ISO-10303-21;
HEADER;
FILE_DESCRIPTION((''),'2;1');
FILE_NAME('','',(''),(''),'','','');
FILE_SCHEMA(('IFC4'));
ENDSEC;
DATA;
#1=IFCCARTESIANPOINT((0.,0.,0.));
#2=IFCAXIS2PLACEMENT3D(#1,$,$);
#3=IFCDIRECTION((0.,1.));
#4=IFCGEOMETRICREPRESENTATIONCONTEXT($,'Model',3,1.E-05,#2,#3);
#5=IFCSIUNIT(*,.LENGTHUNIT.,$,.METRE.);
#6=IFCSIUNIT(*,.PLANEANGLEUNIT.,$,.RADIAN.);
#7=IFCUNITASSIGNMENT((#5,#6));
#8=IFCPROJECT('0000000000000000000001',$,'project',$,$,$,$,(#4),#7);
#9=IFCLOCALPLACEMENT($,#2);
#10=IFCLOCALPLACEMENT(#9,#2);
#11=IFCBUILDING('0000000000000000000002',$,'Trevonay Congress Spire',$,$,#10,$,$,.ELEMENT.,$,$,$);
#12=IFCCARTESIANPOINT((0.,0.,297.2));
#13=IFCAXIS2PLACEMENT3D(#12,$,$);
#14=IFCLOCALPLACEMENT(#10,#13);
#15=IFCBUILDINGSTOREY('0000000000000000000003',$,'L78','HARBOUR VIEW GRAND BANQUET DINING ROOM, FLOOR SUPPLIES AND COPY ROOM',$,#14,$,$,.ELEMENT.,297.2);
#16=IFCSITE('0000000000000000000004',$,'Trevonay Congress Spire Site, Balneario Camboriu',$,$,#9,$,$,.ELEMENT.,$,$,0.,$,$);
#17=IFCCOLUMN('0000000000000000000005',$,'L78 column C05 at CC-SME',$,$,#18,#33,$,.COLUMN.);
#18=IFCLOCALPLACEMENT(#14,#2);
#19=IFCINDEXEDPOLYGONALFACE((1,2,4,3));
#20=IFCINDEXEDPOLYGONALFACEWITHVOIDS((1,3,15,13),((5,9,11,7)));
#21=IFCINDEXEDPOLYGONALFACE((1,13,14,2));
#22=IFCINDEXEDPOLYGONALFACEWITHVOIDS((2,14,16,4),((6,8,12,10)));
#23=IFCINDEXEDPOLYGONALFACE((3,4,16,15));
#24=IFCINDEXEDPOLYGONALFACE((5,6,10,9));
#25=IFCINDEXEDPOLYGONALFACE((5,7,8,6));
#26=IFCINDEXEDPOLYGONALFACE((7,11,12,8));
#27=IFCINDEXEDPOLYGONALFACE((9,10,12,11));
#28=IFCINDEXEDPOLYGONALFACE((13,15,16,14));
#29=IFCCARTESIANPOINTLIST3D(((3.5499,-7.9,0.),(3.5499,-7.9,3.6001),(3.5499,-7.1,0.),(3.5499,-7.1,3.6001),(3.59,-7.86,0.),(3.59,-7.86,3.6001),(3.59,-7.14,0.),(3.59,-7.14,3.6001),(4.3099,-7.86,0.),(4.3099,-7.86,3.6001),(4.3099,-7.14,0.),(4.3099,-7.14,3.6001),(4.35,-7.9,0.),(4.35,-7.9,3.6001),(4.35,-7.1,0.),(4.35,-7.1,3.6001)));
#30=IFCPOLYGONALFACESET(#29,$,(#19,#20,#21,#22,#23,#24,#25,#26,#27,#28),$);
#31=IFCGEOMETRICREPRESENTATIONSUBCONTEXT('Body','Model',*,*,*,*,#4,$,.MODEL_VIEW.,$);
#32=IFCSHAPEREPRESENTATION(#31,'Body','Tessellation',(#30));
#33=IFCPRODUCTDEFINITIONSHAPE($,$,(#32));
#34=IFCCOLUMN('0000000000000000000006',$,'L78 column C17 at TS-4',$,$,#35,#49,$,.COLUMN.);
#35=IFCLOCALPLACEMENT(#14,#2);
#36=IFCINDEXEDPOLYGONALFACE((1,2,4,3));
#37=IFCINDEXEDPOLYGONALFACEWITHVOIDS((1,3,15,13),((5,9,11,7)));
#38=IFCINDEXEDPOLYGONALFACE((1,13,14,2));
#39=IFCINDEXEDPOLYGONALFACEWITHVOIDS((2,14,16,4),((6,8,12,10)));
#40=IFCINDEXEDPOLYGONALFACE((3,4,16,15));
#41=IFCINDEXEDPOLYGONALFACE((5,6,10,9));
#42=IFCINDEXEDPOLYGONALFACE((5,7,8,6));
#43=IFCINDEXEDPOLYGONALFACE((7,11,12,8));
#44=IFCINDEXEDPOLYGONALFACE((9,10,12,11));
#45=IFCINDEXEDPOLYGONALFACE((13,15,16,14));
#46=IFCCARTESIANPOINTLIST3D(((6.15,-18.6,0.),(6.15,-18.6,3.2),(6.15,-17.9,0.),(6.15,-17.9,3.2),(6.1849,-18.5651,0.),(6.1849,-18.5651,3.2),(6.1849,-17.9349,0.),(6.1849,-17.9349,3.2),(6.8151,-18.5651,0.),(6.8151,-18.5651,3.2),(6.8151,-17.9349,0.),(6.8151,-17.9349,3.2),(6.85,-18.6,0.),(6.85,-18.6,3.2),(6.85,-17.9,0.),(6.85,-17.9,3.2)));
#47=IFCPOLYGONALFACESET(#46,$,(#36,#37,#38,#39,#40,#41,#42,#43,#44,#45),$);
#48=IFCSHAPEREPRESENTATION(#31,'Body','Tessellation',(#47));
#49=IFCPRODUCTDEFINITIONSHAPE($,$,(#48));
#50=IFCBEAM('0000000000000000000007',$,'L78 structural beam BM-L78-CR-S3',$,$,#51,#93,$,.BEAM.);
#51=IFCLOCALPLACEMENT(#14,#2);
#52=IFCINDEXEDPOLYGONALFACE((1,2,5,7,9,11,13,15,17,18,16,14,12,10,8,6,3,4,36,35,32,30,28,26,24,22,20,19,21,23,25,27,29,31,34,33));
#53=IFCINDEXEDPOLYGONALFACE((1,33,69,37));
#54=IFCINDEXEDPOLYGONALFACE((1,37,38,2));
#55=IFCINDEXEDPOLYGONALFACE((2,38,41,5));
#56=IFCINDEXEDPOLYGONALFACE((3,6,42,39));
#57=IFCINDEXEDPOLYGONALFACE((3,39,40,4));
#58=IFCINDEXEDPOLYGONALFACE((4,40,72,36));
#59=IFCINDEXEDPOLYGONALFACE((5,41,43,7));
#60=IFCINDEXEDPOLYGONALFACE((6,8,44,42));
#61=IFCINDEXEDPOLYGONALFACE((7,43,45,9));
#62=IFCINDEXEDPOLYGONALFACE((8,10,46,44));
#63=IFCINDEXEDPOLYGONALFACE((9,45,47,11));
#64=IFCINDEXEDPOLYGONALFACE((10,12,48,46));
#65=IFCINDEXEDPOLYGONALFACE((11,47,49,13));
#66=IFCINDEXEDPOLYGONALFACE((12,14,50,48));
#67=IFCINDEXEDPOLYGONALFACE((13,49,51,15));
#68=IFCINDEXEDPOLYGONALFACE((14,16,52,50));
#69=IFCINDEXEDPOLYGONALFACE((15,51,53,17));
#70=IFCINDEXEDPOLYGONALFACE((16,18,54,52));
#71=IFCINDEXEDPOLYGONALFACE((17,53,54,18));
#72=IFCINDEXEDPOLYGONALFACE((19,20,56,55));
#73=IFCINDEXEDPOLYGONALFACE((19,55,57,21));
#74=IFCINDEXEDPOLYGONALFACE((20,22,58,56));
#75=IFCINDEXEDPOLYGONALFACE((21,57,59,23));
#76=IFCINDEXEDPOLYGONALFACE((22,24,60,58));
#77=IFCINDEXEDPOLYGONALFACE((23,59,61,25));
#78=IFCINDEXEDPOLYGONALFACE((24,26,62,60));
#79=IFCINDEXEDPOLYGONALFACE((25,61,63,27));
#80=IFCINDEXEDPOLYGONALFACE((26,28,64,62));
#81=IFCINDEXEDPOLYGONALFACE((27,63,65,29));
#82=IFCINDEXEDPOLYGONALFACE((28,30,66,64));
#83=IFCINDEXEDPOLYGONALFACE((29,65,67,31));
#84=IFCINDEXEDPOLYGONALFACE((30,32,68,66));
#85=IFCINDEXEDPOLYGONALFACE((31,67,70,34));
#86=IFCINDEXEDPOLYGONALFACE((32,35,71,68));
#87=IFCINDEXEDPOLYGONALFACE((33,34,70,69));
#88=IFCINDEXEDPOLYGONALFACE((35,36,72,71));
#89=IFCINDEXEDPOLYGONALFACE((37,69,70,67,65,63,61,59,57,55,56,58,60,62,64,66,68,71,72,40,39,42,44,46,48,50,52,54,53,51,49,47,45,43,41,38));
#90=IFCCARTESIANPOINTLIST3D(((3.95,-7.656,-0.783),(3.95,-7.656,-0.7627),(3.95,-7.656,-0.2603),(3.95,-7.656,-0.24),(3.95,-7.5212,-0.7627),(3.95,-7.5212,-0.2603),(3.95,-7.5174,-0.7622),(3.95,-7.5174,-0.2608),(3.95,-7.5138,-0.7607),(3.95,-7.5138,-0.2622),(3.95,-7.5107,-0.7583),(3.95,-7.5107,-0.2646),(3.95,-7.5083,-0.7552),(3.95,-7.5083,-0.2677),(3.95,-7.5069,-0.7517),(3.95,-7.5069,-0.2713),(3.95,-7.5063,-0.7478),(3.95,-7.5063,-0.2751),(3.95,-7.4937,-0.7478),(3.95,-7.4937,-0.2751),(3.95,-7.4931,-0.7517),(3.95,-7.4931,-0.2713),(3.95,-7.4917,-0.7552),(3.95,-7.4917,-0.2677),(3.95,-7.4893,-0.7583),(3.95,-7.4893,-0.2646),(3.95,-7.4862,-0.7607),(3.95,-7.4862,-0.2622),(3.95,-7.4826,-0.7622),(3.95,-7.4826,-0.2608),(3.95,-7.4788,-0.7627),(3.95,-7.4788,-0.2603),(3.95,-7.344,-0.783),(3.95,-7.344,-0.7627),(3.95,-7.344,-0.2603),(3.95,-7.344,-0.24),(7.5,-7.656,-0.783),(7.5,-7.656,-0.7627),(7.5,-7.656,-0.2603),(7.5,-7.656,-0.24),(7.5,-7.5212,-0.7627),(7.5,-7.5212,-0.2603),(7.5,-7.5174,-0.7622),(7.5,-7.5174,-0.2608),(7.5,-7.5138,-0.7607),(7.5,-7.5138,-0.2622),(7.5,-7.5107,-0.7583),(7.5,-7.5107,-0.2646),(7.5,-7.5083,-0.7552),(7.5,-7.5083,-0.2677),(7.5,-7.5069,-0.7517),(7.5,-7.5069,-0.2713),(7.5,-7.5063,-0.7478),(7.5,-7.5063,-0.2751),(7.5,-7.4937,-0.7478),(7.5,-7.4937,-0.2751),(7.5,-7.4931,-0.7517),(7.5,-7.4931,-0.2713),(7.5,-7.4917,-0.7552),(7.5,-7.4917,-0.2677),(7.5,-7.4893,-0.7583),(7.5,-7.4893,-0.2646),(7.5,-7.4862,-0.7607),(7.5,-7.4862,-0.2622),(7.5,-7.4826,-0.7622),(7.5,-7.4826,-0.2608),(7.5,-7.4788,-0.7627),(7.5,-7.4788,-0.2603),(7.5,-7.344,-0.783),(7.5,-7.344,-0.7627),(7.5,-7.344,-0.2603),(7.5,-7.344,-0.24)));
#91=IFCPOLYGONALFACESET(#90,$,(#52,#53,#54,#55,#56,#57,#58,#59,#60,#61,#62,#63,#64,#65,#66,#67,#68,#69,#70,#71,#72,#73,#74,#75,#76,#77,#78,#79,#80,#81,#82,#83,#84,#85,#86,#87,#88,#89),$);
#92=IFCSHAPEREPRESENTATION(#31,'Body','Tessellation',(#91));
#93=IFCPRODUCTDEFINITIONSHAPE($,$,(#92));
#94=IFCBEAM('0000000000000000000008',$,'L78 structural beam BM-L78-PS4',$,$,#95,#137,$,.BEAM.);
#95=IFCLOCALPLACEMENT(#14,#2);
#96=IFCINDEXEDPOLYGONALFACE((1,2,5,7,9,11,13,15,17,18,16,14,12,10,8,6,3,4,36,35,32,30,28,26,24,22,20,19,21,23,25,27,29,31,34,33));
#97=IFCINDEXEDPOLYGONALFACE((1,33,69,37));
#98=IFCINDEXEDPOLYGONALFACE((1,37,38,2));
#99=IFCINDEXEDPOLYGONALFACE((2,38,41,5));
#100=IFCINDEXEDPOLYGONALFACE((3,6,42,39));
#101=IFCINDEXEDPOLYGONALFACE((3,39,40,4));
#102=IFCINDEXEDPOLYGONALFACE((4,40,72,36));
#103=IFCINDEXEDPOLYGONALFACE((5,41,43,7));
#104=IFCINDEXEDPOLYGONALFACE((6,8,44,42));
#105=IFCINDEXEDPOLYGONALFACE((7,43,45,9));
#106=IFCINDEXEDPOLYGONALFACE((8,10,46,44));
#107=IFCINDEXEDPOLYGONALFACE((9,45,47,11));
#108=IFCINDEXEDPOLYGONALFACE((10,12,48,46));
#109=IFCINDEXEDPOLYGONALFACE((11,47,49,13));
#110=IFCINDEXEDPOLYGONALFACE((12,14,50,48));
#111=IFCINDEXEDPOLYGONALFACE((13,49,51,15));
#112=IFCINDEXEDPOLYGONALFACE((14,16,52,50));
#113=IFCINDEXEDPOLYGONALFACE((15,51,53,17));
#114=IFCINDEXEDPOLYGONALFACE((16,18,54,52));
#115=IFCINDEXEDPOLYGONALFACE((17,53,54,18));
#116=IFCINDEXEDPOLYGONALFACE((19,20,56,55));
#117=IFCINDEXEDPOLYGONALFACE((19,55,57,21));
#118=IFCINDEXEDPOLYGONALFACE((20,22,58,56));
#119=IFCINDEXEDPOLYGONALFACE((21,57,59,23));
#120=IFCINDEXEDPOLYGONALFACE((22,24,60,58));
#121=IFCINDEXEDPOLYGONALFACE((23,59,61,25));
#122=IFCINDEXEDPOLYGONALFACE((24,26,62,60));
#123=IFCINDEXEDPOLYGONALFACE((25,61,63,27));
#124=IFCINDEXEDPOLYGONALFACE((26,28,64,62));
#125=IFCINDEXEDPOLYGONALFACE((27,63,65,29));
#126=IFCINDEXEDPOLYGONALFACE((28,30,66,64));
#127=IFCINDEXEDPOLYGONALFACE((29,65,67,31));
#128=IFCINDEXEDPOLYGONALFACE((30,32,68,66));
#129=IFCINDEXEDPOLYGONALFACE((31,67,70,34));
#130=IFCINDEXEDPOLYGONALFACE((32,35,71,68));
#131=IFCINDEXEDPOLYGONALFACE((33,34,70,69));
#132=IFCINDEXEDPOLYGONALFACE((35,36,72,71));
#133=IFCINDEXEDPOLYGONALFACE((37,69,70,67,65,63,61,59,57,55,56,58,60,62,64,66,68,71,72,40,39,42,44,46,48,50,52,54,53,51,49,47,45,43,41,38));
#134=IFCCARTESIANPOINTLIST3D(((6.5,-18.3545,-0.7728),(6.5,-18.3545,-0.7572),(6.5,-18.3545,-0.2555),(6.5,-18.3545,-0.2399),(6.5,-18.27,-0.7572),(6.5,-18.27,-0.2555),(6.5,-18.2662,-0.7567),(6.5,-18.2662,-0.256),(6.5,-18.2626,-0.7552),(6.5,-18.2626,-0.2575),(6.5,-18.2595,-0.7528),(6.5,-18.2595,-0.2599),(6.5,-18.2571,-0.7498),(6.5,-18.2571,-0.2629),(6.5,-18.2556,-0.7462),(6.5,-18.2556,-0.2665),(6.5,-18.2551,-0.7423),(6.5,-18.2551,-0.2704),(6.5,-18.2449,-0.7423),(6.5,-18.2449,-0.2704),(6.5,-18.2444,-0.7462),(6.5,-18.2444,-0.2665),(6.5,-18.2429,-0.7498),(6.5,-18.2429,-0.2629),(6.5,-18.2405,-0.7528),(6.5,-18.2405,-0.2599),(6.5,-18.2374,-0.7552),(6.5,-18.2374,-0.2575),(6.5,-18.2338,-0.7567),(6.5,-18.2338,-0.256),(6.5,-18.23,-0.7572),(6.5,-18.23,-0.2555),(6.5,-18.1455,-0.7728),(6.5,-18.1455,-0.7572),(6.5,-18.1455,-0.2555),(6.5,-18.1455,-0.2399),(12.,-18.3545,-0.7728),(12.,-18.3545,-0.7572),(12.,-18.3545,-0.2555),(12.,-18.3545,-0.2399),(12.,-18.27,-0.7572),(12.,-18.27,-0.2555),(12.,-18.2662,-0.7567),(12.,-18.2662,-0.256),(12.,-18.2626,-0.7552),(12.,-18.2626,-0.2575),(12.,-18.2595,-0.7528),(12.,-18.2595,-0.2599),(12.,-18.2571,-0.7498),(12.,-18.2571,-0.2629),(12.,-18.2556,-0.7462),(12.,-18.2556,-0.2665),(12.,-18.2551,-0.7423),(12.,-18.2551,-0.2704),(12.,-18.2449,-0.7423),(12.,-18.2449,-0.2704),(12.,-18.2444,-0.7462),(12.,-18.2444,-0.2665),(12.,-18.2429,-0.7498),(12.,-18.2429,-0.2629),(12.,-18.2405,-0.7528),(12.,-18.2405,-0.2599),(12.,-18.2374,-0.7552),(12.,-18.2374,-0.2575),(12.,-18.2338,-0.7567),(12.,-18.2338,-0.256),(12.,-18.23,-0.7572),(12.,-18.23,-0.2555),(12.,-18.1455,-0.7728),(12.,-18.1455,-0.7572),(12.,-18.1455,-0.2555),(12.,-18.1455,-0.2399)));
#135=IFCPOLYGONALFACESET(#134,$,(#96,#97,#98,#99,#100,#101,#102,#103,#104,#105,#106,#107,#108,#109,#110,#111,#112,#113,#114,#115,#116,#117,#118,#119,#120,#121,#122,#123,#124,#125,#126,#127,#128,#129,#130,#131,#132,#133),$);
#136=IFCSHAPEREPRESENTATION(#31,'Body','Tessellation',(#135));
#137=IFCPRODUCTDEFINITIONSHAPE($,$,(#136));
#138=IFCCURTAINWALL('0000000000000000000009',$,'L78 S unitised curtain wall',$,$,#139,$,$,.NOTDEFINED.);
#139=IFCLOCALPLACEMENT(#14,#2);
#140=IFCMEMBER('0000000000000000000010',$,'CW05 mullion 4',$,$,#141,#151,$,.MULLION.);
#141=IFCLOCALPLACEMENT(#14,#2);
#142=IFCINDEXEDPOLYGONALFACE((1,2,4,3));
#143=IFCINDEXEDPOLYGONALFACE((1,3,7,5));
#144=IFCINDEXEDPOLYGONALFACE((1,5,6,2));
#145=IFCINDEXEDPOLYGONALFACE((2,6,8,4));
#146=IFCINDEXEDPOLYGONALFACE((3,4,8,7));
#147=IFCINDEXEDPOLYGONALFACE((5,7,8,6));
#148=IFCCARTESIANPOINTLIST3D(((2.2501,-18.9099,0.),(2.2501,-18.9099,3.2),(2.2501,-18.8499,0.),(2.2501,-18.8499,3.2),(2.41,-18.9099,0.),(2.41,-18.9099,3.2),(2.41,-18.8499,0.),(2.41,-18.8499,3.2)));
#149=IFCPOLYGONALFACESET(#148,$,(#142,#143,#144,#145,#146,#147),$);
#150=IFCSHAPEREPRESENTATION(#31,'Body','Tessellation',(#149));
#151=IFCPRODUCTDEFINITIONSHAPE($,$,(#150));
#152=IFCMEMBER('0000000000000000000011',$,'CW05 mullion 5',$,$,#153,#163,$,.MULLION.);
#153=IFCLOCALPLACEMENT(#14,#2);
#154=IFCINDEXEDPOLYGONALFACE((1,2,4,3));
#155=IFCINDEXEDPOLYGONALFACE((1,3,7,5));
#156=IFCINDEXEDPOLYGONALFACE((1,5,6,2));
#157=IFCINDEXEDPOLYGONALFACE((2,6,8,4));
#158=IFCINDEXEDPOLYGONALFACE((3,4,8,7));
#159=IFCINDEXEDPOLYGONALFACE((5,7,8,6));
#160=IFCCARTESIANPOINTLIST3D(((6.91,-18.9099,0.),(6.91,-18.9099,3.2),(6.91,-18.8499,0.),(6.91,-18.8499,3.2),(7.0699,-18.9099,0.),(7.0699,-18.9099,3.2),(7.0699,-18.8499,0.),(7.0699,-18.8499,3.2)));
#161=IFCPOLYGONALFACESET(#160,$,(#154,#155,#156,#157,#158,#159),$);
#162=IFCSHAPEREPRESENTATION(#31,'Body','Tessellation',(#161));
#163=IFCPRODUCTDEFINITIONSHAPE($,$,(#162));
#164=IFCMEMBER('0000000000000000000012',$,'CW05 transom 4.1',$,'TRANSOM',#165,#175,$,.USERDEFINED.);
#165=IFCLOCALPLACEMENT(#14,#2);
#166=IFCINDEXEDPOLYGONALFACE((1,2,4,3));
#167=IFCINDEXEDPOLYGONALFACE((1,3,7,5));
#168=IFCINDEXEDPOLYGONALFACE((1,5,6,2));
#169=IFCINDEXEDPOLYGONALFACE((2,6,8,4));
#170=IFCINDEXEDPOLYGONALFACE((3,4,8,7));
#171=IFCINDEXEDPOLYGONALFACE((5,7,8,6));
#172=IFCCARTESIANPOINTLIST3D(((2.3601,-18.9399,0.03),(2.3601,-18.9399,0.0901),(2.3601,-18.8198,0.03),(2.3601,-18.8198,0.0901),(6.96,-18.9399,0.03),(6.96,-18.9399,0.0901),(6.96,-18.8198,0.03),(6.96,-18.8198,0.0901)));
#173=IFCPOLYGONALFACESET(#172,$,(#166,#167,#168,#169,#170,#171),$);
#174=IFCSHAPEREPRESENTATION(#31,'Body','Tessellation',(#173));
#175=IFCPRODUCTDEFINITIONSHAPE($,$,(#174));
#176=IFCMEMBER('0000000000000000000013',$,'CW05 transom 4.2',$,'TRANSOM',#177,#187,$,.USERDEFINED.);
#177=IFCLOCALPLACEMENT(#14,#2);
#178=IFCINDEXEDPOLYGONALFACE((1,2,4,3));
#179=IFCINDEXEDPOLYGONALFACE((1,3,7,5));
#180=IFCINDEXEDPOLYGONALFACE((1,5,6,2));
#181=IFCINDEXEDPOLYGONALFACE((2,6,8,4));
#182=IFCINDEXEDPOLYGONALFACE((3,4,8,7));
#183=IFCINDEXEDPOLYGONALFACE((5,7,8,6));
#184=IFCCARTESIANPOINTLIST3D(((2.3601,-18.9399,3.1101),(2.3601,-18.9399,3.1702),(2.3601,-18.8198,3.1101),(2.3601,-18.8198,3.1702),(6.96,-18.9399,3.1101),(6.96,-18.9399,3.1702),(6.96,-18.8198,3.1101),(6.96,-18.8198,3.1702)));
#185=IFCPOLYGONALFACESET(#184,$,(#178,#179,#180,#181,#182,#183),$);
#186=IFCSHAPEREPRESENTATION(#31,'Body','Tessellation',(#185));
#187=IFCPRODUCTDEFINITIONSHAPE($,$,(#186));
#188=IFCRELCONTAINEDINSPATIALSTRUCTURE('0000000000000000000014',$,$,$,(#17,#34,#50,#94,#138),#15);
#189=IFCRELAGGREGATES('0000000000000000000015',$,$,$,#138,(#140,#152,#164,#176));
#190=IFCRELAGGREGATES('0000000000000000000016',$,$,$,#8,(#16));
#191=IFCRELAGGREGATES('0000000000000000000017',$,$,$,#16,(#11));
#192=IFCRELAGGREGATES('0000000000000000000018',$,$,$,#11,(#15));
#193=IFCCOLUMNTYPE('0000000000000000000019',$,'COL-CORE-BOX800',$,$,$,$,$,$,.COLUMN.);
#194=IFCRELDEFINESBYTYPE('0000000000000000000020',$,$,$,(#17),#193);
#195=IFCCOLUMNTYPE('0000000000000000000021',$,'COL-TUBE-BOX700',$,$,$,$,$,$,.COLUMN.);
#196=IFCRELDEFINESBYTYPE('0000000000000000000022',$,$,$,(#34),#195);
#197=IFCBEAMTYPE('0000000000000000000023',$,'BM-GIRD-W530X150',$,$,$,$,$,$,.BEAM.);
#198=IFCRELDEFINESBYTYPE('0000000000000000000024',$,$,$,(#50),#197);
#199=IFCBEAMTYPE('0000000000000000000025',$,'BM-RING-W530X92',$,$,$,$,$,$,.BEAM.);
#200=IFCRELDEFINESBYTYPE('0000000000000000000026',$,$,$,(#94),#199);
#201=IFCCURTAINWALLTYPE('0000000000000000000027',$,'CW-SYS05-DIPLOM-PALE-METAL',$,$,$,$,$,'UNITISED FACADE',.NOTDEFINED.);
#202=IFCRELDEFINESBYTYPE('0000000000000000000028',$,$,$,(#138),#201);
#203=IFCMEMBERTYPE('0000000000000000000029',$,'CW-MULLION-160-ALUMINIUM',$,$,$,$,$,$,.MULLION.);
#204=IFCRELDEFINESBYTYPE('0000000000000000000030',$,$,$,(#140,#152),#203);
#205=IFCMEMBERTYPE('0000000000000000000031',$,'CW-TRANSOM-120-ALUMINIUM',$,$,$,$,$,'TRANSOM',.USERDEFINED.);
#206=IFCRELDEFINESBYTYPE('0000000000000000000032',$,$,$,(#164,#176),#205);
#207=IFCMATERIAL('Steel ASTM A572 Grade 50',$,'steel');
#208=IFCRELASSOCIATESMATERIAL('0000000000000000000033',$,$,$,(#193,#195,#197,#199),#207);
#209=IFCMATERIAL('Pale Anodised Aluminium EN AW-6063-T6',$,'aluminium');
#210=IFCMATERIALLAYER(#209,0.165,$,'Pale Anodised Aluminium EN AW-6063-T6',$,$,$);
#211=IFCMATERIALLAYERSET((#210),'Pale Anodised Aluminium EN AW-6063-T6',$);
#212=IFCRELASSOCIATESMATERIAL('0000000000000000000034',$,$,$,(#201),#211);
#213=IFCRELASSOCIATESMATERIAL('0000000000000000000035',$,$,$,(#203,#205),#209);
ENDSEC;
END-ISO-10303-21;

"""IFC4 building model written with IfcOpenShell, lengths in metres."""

from ifc_helpers import new_model, si_unit, direction, frame, origin, origin_2d, place, context, subcontext, project, spatial, rectangle, hollow_rectangle, i_section, extrude, material, layer, layer_set, material_profile, profile_set, type_object, element, aggregate, save


model = new_model("IFC4")

# Units and contexts
model_context = context("Model", 3, precision=1e-05, world=origin(), true_north=direction((0.0, 1.0)))
body_context = subcontext(model_context, "Body", "Model", "MODEL_VIEW")
ifc_project = project(units=[si_unit("LENGTHUNIT", "METRE"), si_unit("PLANEANGLEUNIT", "RADIAN")], contexts=[model_context])

# Site, building, storey
site_placement = place(None, origin())
site = spatial("IfcSite", under=ifc_project, at=site_placement, Name="Trevonay Congress Spire Site, Balneario Camboriu", CompositionType="ELEMENT", RefElevation=0.0)
building_placement = place(site_placement, origin())
building = spatial("IfcBuilding", under=site, at=building_placement, Name="Trevonay Congress Spire", CompositionType="ELEMENT")
storey_placement = place(building_placement, frame((0.0, 0.0, 297.2)))
storey = spatial("IfcBuildingStorey", under=building, at=storey_placement, Name="L78", Description="HARBOUR VIEW GRAND BANQUET DINING ROOM, FLOOR SUPPLIES AND COPY ROOM", CompositionType="ELEMENT", Elevation=297.2)

# Columns
ifc_material_1 = material(Name="Steel ASTM A572 Grade 50", Category="steel")
ifc_material_profile_1 = material_profile(ifc_material_1, hollow_rectangle(XDim=0.8, YDim=0.8, WallThickness=0.04, at=origin_2d()), Name="BOX 800x800x40")
ifc_profile_set_1 = profile_set([ifc_material_profile_1], Name="Steel ASTM A572 Grade 50")
column_type_1 = type_object("IfcColumnType", Name="COL-CORE-BOX800", PredefinedType="COLUMN", material=ifc_profile_set_1)
column_1_placement = place(storey_placement, frame((3.95, -7.5, 0.0), z_axis=(0.0, 0.0, 1.0), x_axis=(1.0, 0.0, 0.0)))
element("IfcColumn", 1, at=column_1_placement, inside=storey, type_object=column_type_1, Name="L78 column C05 at CC-SME", PredefinedType="COLUMN", context=body_context, shape_type="SweptSolid", body=[
    extrude(hollow_rectangle(XDim=0.8, YDim=0.8, WallThickness=0.04, at=origin_2d()), origin(), (0.0, 0.0, 1.0), 3.6001),
])
ifc_material_profile_2 = material_profile(ifc_material_1, hollow_rectangle(XDim=0.7, YDim=0.7, WallThickness=0.0349, at=origin_2d()), Name="BOX 700x700x35")
ifc_profile_set_2 = profile_set([ifc_material_profile_2], Name="Steel ASTM A572 Grade 50")
column_type_2 = type_object("IfcColumnType", Name="COL-TUBE-BOX700", PredefinedType="COLUMN", material=ifc_profile_set_2)
column_2_placement = place(storey_placement, frame((6.5, -18.25, 0.0), z_axis=(0.0, 0.0, 1.0), x_axis=(1.0, 0.0, 0.0)))
element("IfcColumn", 2, at=column_2_placement, inside=storey, type_object=column_type_2, Name="L78 column C17 at TS-4", PredefinedType="COLUMN", context=body_context, shape_type="SweptSolid", body=[
    extrude(hollow_rectangle(XDim=0.7, YDim=0.7, WallThickness=0.0349, at=origin_2d()), origin(), (0.0, 0.0, 1.0), 3.2),
])

# Beams
ifc_material_profile_3 = material_profile(ifc_material_1, i_section(OverallWidth=0.312, OverallDepth=0.543, WebThickness=0.0127, FlangeThickness=0.0203, FilletRadius=0.0149, at=origin_2d()), Name="W530x150")
ifc_profile_set_3 = profile_set([ifc_material_profile_3], Name="Steel ASTM A572 Grade 50")
beam_type_1 = type_object("IfcBeamType", Name="BM-GIRD-W530X150", PredefinedType="BEAM", material=ifc_profile_set_3)
beam_1_placement = place(storey_placement, frame((3.95, -7.5, -0.5115), z_axis=(1.0, 0.0, 0.0), x_axis=(0.0, 1.0, 0.0)))
element("IfcBeam", 3, at=beam_1_placement, inside=storey, type_object=beam_type_1, Name="L78 structural beam BM-L78-CR-S3", PredefinedType="BEAM", context=body_context, shape_type="SweptSolid", body=[
    extrude(i_section(OverallWidth=0.312, OverallDepth=0.543, WebThickness=0.0127, FlangeThickness=0.0203, FilletRadius=0.0149, at=origin_2d()), origin(), (0.0, 0.0, 1.0), 3.55),
])
ifc_material_profile_4 = material_profile(ifc_material_1, i_section(OverallWidth=0.209, OverallDepth=0.533, WebThickness=0.0103, FlangeThickness=0.0156, FilletRadius=0.0149, at=origin_2d()), Name="W530x92")
ifc_profile_set_4 = profile_set([ifc_material_profile_4], Name="Steel ASTM A572 Grade 50")
beam_type_2 = type_object("IfcBeamType", Name="BM-RING-W530X92", PredefinedType="BEAM", material=ifc_profile_set_4)
beam_2_placement = place(storey_placement, frame((6.5, -18.25, -0.5063), z_axis=(1.0, 0.0, 0.0), x_axis=(0.0, 1.0, 0.0)))
element("IfcBeam", 4, at=beam_2_placement, inside=storey, type_object=beam_type_2, Name="L78 structural beam BM-L78-PS4", PredefinedType="BEAM", context=body_context, shape_type="SweptSolid", body=[
    extrude(i_section(OverallWidth=0.209, OverallDepth=0.533, WebThickness=0.0103, FlangeThickness=0.0156, FilletRadius=0.0149, at=origin_2d()), origin(), (0.0, 0.0, 1.0), 5.5),
])

# Curtain wall, members
ifc_material_2 = material(Name="Pale Anodised Aluminium EN AW-6063-T6", Category="aluminium")
ifc_layer_1 = layer(ifc_material_2, 0.165, Name="Pale Anodised Aluminium EN AW-6063-T6")
ifc_layer_set_1 = layer_set([ifc_layer_1], Name="Pale Anodised Aluminium EN AW-6063-T6")
curtain_wall_type = type_object("IfcCurtainWallType", Name="CW-SYS05-DIPLOM-PALE-METAL", ElementType="UNITISED FACADE", PredefinedType="NOTDEFINED", material=ifc_layer_set_1)
curtain_wall_placement = place(storey_placement, origin())
curtain_wall = element("IfcCurtainWall", 5, at=curtain_wall_placement, inside=storey, type_object=curtain_wall_type, Name="L78 S unitised curtain wall", PredefinedType="NOTDEFINED")
ifc_material_profile_5 = material_profile(ifc_material_2, rectangle(XDim=0.0601, YDim=0.1599, at=origin_2d()), Name="CW-MULLION-160-ALUMINIUM")
ifc_profile_set_5 = profile_set([ifc_material_profile_5], Name="Pale Anodised Aluminium EN AW-6063-T6")
member_type_1 = type_object("IfcMemberType", Name="CW-MULLION-160-ALUMINIUM", PredefinedType="MULLION", material=ifc_profile_set_5)
member_1_placement = place(storey_placement, frame((2.3301, -18.8799, 0.0), z_axis=(0.0, 0.0, 1.0), x_axis=(0.0, 1.0, 0.0)))
member_1 = element("IfcMember", 6, at=member_1_placement, type_object=member_type_1, Name="CW05 mullion 4", PredefinedType="MULLION", context=body_context, shape_type="SweptSolid", body=[
    extrude(rectangle(XDim=0.0601, YDim=0.1599, at=origin_2d()), origin(), (0.0, 0.0, 1.0), 3.2),
])
member_2_placement = place(storey_placement, frame((6.99, -18.8799, 0.0), z_axis=(0.0, 0.0, 1.0), x_axis=(0.0, 1.0, 0.0)))
member_2 = element("IfcMember", 7, at=member_2_placement, type_object=member_type_1, Name="CW05 mullion 5", PredefinedType="MULLION", context=body_context, shape_type="SweptSolid", body=[
    extrude(rectangle(XDim=0.0601, YDim=0.1599, at=origin_2d()), origin(), (0.0, 0.0, 1.0), 3.2),
])
ifc_material_profile_6 = material_profile(ifc_material_2, rectangle(XDim=0.1201, YDim=0.0601, at=origin_2d()), Name="CW-TRANSOM-120-ALUMINIUM")
ifc_profile_set_6 = profile_set([ifc_material_profile_6], Name="Pale Anodised Aluminium EN AW-6063-T6")
member_type_2 = type_object("IfcMemberType", Name="CW-TRANSOM-120-ALUMINIUM", ElementType="TRANSOM", PredefinedType="USERDEFINED", material=ifc_profile_set_6)
member_3_placement = place(storey_placement, frame((2.3601, -18.8799, 0.0601), z_axis=(1.0, 0.0, 0.0), x_axis=(0.0, 1.0, 0.0)))
member_3 = element("IfcMember", 8, at=member_3_placement, type_object=member_type_2, Name="CW05 transom 4.1", ObjectType="TRANSOM", PredefinedType="USERDEFINED", context=body_context, shape_type="SweptSolid", body=[
    extrude(rectangle(XDim=0.1201, YDim=0.0601, at=origin_2d()), origin(), (0.0, 0.0, 1.0), 4.5999),
])
member_4_placement = place(storey_placement, frame((2.3601, -18.8799, 3.1401), z_axis=(1.0, 0.0, 0.0), x_axis=(0.0, 1.0, 0.0)))
member_4 = element("IfcMember", 9, at=member_4_placement, type_object=member_type_2, Name="CW05 transom 4.2", ObjectType="TRANSOM", PredefinedType="USERDEFINED", context=body_context, shape_type="SweptSolid", body=[
    extrude(rectangle(XDim=0.1201, YDim=0.0601, at=origin_2d()), origin(), (0.0, 0.0, 1.0), 4.5999),
])

aggregate(curtain_wall, [member_1, member_2, member_3, member_4])

save(model, "model.ifc")
